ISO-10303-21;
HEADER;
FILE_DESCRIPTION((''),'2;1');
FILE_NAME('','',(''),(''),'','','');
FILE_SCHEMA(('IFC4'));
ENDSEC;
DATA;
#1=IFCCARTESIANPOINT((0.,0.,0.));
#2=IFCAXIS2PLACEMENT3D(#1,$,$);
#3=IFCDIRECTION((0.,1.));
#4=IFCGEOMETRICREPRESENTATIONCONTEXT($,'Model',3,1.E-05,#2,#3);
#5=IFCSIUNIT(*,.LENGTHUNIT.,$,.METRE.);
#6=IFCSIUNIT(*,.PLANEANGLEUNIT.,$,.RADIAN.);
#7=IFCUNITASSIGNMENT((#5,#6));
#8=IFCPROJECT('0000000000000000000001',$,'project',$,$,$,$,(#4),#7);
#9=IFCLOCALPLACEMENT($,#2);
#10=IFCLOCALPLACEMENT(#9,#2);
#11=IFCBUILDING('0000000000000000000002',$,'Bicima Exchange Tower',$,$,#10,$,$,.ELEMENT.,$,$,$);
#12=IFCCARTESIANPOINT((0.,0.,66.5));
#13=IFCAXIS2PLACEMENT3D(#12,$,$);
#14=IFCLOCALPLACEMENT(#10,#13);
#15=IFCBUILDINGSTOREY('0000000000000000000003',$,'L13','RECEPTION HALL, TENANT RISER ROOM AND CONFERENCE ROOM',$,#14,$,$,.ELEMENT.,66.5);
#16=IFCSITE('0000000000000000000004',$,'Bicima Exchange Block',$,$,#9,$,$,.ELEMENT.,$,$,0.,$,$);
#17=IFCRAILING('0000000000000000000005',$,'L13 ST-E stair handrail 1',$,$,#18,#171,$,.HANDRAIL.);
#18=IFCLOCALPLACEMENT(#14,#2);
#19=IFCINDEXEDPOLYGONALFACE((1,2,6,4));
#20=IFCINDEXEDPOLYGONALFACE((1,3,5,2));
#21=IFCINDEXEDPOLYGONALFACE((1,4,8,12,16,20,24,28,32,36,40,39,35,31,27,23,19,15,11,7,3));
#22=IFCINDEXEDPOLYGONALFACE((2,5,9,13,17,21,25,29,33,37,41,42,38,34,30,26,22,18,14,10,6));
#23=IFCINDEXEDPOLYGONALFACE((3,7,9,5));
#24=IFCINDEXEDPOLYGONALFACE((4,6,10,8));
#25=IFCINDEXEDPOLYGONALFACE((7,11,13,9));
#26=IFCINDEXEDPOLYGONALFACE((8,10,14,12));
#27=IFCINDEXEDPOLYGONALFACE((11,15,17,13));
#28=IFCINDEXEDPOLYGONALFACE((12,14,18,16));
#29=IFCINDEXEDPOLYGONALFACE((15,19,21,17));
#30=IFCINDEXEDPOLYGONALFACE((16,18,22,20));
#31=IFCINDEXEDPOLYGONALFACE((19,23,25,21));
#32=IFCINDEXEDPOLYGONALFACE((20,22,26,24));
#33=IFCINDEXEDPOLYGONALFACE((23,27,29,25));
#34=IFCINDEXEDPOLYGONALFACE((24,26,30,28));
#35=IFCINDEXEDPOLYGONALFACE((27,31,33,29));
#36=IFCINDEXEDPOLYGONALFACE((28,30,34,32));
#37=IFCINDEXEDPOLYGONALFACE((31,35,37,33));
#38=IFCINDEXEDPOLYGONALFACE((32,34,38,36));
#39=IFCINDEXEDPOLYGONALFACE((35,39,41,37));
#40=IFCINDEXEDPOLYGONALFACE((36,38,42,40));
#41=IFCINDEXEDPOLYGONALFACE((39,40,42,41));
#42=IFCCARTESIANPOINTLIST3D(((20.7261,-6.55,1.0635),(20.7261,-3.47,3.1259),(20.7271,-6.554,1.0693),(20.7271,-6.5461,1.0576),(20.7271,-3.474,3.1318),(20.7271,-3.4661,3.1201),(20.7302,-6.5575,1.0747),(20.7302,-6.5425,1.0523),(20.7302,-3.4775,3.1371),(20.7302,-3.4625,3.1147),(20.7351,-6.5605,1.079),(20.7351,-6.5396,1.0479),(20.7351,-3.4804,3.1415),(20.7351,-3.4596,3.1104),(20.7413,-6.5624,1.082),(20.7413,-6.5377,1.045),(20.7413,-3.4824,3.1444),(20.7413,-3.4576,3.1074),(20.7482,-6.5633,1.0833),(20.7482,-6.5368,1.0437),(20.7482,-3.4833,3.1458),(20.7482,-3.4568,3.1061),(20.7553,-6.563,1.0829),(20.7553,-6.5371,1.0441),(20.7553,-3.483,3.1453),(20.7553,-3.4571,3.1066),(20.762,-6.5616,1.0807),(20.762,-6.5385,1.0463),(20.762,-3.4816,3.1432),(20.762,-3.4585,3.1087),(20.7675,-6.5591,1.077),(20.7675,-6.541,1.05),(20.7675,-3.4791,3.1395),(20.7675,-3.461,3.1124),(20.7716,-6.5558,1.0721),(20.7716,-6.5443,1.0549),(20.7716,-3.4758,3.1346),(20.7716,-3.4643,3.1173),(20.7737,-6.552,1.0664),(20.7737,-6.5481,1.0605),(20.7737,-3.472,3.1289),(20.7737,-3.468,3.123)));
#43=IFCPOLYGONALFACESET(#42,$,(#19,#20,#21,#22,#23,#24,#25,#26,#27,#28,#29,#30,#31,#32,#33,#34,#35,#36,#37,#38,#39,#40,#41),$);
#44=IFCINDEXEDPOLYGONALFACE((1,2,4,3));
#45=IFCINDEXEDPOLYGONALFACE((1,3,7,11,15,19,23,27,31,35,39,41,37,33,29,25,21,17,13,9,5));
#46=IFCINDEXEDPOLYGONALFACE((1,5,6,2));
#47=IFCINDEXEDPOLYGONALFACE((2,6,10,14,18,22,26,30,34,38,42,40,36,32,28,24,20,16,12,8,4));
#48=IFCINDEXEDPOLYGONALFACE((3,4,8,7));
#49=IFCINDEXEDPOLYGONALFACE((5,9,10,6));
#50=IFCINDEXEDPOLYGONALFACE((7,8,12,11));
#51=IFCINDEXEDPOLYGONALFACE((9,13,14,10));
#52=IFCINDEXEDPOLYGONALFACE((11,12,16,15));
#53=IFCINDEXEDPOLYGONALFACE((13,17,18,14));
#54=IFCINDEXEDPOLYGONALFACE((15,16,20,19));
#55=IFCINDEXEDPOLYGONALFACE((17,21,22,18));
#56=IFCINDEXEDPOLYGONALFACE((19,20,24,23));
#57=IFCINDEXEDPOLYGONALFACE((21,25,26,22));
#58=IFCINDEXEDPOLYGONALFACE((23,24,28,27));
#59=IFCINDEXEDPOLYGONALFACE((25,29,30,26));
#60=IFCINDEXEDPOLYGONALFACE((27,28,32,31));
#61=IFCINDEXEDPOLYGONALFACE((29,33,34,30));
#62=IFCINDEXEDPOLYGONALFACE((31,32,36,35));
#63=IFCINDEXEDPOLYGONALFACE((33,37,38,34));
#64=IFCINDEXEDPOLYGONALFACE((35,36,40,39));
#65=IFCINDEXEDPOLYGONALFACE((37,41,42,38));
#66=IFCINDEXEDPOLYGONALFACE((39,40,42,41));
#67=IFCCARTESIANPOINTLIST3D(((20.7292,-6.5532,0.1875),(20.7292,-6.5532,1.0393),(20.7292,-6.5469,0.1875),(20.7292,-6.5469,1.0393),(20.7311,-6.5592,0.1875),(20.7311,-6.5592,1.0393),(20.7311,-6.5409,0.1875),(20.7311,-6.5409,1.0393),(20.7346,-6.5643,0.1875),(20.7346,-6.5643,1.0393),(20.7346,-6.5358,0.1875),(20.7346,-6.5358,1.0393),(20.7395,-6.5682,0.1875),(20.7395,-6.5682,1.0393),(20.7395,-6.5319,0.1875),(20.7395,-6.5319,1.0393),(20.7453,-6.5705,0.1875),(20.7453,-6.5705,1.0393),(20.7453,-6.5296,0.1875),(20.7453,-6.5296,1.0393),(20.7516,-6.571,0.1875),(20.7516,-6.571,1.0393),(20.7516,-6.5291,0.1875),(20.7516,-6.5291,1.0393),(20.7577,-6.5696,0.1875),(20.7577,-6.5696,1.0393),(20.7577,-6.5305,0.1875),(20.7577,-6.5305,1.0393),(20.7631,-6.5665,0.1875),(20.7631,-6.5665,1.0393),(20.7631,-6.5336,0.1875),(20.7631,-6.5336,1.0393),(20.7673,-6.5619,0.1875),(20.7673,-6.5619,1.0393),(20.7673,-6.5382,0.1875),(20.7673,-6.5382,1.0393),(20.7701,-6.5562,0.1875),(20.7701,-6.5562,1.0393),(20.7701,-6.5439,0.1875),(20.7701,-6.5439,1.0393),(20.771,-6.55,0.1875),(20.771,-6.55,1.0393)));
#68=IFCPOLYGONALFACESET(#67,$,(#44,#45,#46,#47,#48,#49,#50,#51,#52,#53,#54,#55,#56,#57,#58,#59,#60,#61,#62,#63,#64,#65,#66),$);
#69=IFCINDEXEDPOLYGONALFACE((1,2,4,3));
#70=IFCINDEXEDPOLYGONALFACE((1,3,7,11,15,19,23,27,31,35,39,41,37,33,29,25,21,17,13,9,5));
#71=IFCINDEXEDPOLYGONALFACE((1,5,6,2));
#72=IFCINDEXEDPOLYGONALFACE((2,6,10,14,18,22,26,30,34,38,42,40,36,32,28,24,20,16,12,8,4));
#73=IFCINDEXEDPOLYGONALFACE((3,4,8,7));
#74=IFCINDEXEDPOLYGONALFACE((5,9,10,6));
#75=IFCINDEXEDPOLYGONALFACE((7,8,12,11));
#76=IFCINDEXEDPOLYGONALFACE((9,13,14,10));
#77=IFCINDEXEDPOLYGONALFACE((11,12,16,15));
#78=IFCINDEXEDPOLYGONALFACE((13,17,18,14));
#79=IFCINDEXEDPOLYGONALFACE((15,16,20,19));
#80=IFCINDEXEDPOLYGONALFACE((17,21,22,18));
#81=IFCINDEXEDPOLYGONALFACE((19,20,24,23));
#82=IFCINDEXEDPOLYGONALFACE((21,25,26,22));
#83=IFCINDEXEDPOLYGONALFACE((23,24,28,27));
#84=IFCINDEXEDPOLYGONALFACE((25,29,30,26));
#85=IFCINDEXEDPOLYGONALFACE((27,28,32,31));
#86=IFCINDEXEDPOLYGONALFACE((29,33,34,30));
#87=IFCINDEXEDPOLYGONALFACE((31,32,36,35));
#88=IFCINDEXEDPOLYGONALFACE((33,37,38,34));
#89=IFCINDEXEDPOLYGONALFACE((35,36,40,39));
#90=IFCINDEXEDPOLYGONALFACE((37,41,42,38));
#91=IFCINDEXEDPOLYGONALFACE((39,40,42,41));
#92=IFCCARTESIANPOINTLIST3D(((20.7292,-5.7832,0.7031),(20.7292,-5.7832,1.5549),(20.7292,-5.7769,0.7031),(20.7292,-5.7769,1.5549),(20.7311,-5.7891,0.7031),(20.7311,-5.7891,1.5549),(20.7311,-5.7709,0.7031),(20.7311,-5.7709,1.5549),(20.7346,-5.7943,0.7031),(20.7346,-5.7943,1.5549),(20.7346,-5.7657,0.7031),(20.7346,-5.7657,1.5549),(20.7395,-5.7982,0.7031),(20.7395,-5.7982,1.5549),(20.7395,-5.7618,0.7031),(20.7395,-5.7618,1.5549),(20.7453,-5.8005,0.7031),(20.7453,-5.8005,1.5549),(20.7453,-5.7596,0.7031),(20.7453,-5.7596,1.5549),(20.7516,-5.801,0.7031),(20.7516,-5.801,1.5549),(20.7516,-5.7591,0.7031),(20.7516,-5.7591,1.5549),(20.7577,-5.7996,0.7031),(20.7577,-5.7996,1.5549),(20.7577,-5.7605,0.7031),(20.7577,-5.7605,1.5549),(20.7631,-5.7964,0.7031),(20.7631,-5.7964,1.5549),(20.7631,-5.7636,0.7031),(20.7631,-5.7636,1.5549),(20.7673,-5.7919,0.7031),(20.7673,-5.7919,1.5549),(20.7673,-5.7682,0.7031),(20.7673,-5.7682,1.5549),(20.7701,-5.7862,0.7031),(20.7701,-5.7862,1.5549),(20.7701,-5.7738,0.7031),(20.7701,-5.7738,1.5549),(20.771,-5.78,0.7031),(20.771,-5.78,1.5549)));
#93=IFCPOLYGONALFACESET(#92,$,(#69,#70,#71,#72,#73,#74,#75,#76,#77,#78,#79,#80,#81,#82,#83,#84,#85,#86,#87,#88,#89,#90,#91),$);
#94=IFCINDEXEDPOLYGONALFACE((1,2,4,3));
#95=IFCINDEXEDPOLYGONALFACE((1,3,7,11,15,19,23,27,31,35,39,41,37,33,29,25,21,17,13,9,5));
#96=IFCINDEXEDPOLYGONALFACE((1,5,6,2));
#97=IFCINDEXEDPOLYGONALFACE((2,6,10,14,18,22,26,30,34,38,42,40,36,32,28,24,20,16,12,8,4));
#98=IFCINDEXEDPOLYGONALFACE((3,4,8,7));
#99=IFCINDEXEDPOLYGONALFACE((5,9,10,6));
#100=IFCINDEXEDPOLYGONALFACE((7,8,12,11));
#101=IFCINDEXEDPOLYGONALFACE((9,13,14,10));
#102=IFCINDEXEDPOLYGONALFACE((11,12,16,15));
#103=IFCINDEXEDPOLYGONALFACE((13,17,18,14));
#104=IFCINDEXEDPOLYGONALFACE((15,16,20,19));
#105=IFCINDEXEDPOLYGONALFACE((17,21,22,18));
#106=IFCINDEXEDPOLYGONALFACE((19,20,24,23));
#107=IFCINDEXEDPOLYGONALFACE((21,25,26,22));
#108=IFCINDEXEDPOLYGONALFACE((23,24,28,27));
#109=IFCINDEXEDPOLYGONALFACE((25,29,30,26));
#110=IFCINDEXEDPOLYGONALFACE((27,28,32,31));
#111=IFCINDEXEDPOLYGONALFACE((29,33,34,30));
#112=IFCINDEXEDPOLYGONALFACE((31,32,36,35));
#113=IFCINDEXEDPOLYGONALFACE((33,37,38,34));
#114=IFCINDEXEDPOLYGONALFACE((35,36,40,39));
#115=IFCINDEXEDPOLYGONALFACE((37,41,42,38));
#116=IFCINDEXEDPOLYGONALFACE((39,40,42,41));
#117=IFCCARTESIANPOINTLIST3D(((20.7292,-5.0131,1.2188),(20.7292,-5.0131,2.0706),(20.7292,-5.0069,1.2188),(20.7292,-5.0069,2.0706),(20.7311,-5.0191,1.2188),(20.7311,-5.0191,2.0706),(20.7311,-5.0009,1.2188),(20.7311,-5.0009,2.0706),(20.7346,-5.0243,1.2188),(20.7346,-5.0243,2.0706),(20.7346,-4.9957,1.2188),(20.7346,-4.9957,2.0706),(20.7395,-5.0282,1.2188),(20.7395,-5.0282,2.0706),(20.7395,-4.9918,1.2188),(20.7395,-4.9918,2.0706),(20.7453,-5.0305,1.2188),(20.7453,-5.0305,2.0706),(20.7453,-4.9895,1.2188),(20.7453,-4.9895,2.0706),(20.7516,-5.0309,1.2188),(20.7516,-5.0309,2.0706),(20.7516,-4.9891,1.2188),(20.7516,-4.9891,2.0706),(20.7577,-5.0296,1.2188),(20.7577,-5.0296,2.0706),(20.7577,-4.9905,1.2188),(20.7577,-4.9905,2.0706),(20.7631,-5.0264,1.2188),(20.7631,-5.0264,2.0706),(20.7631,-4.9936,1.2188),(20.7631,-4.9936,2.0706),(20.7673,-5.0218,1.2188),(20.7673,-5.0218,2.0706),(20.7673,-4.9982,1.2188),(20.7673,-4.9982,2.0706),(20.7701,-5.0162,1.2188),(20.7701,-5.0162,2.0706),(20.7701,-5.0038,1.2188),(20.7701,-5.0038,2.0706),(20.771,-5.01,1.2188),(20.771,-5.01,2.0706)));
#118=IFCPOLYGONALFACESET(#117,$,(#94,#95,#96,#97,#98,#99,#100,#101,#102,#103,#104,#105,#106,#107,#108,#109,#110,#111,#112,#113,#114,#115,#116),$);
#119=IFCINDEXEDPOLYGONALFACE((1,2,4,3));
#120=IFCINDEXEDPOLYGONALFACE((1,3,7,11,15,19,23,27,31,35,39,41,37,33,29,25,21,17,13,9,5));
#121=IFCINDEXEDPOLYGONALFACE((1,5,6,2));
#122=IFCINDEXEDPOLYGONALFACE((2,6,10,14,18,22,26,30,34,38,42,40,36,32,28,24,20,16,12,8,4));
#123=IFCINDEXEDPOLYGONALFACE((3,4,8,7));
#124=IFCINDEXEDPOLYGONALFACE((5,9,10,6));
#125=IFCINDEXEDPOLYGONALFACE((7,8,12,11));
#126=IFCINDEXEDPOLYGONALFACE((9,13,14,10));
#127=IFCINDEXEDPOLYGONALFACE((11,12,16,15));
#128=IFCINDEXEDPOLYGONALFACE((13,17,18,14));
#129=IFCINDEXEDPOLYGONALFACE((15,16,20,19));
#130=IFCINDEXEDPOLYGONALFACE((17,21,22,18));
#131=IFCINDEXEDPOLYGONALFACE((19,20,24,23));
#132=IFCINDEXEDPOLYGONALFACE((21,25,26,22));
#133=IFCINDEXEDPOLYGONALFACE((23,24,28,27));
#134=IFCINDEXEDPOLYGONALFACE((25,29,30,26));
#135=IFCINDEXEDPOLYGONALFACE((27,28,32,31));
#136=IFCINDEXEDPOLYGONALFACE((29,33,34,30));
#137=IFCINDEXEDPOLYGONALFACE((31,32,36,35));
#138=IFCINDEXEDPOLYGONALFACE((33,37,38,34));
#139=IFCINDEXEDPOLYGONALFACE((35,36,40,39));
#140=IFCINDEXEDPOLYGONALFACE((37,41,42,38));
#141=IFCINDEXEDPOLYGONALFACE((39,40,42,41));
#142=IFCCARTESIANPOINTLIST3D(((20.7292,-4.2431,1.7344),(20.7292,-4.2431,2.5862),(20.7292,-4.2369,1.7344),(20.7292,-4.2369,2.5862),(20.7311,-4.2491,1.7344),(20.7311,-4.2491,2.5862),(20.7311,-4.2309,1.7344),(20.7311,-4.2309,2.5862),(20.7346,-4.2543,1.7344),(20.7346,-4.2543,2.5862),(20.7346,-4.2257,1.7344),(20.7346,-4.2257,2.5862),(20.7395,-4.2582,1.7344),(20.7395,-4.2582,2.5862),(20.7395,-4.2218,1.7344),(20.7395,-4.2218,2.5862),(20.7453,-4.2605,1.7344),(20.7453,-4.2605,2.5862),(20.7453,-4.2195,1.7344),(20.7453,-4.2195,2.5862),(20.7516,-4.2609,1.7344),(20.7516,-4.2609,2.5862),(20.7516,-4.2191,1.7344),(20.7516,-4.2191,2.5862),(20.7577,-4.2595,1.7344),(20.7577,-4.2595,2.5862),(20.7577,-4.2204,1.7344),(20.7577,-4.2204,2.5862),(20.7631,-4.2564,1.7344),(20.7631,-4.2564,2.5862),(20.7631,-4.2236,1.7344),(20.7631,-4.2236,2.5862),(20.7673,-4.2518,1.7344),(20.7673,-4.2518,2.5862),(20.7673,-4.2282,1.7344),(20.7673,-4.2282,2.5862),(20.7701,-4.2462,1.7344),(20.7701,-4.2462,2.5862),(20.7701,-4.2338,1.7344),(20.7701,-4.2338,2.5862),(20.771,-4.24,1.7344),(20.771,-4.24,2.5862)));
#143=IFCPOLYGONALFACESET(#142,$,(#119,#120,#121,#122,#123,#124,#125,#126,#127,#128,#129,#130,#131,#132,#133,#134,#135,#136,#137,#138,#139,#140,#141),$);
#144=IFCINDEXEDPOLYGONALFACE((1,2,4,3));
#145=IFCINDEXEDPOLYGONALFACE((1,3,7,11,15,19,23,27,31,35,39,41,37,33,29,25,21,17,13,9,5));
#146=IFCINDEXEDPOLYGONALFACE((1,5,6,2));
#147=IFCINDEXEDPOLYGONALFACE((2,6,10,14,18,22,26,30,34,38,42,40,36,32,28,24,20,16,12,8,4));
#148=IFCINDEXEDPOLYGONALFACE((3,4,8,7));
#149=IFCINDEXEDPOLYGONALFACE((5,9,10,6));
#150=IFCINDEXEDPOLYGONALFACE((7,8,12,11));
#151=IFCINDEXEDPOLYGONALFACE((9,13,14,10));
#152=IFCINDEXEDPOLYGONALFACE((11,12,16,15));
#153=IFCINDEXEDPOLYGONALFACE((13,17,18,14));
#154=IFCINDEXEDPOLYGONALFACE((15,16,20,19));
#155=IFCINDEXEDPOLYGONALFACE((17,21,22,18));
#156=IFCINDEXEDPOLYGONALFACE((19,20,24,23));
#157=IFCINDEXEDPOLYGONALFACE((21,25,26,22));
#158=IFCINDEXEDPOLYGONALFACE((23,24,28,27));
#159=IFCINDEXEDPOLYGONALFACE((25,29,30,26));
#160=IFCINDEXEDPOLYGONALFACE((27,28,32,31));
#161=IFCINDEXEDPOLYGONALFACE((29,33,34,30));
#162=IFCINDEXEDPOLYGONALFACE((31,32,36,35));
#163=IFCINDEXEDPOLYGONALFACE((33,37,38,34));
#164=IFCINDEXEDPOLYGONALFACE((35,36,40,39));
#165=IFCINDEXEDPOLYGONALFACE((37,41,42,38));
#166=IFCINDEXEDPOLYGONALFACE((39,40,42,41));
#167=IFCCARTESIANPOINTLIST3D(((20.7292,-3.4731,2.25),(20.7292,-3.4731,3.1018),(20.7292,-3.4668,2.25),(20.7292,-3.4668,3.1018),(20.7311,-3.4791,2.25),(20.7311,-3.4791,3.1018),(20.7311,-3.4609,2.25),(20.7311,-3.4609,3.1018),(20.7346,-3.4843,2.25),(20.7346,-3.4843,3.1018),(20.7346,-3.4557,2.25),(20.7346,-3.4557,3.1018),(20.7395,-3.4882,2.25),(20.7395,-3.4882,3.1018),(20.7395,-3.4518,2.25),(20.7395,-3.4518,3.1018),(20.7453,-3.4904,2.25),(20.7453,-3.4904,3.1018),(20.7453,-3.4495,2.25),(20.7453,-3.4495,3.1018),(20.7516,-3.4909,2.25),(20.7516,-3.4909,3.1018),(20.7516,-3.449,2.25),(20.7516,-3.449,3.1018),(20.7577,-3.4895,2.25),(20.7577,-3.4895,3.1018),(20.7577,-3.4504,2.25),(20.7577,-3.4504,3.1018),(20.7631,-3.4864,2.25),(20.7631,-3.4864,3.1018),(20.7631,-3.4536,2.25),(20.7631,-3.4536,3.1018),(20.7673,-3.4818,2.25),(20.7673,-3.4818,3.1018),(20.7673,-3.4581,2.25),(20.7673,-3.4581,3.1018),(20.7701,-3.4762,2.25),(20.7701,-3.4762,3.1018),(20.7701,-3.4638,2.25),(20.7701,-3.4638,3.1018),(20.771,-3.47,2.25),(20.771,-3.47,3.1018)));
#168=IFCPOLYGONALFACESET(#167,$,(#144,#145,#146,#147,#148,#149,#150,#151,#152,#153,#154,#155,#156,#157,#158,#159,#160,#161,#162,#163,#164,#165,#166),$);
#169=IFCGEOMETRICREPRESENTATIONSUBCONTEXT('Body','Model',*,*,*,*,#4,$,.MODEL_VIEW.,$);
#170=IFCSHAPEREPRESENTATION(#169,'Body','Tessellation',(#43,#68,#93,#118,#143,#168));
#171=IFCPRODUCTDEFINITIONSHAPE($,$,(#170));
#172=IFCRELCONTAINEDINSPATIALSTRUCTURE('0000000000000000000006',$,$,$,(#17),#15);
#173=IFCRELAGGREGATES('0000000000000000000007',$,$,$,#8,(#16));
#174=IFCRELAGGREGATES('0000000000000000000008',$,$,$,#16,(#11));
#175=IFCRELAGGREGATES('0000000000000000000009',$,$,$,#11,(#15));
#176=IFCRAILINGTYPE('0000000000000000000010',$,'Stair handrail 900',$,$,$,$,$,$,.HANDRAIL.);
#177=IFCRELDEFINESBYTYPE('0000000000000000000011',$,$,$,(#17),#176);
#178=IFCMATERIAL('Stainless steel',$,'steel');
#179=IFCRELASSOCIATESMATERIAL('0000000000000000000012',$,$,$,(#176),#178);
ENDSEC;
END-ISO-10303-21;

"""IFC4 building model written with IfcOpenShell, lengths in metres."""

from ifc_helpers import new_model, si_unit, direction, frame, origin, origin_2d, place, context, subcontext, project, spatial, circle, extrude, material, type_object, element, save


model = new_model("IFC4")

# Units and contexts
model_context = context("Model", 3, precision=1e-05, world=origin(), true_north=direction((0.0, 1.0)))
body_context = subcontext(model_context, "Body", "Model", "MODEL_VIEW")
ifc_project = project(units=[si_unit("LENGTHUNIT", "METRE"), si_unit("PLANEANGLEUNIT", "RADIAN")], contexts=[model_context])

# Site, building, storey
site_placement = place(None, origin())
site = spatial("IfcSite", under=ifc_project, at=site_placement, Name="Bicima Exchange Block", CompositionType="ELEMENT", RefElevation=0.0)
building_placement = place(site_placement, origin())
building = spatial("IfcBuilding", under=site, at=building_placement, Name="Bicima Exchange Tower", CompositionType="ELEMENT")
storey_placement = place(building_placement, frame((0.0, 0.0, 66.5)))
storey = spatial("IfcBuildingStorey", under=building, at=storey_placement, Name="L13", Description="RECEPTION HALL, TENANT RISER ROOM AND CONFERENCE ROOM", CompositionType="ELEMENT", Elevation=66.5)

# Railing
ifc_material_1 = material(Name="Stainless steel", Category="steel")
railing_type_1 = type_object("IfcRailingType", Name="Stair handrail 900", PredefinedType="HANDRAIL", material=ifc_material_1)
railing_1_placement = place(storey_placement, frame((20.75, -6.55, 0.1875)))
element("IfcRailing", 1, at=railing_1_placement, inside=storey, type_object=railing_type_1, Name="L13 ST-E stair handrail 1", PredefinedType="HANDRAIL", context=body_context, shape_type="SweptSolid", body=[
    extrude(circle(Radius=0.0239, at=origin_2d()), frame((0.0, 0.0, 0.876), z_axis=(0.0, 0.830914, 0.556401), x_axis=(-1.0, 0.0, 0.0)), (0.0, 0.0, 1.0), 3.7068),
    extrude(circle(Radius=0.021, at=origin_2d()), origin(), (0.0, 0.0, 1.0), 0.8518),
    extrude(circle(Radius=0.021, at=origin_2d()), frame((0.0, 0.77, 0.5156)), (0.0, 0.0, 1.0), 0.8518),
    extrude(circle(Radius=0.021, at=origin_2d()), frame((0.0, 1.54, 1.0312)), (0.0, 0.0, 1.0), 0.8518),
    extrude(circle(Radius=0.021, at=origin_2d()), frame((0.0, 2.3101, 1.5469)), (0.0, 0.0, 1.0), 0.8518),
    extrude(circle(Radius=0.021, at=origin_2d()), frame((0.0, 3.0801, 2.0625)), (0.0, 0.0, 1.0), 0.8518),
])

save(model, "model.ifc")
